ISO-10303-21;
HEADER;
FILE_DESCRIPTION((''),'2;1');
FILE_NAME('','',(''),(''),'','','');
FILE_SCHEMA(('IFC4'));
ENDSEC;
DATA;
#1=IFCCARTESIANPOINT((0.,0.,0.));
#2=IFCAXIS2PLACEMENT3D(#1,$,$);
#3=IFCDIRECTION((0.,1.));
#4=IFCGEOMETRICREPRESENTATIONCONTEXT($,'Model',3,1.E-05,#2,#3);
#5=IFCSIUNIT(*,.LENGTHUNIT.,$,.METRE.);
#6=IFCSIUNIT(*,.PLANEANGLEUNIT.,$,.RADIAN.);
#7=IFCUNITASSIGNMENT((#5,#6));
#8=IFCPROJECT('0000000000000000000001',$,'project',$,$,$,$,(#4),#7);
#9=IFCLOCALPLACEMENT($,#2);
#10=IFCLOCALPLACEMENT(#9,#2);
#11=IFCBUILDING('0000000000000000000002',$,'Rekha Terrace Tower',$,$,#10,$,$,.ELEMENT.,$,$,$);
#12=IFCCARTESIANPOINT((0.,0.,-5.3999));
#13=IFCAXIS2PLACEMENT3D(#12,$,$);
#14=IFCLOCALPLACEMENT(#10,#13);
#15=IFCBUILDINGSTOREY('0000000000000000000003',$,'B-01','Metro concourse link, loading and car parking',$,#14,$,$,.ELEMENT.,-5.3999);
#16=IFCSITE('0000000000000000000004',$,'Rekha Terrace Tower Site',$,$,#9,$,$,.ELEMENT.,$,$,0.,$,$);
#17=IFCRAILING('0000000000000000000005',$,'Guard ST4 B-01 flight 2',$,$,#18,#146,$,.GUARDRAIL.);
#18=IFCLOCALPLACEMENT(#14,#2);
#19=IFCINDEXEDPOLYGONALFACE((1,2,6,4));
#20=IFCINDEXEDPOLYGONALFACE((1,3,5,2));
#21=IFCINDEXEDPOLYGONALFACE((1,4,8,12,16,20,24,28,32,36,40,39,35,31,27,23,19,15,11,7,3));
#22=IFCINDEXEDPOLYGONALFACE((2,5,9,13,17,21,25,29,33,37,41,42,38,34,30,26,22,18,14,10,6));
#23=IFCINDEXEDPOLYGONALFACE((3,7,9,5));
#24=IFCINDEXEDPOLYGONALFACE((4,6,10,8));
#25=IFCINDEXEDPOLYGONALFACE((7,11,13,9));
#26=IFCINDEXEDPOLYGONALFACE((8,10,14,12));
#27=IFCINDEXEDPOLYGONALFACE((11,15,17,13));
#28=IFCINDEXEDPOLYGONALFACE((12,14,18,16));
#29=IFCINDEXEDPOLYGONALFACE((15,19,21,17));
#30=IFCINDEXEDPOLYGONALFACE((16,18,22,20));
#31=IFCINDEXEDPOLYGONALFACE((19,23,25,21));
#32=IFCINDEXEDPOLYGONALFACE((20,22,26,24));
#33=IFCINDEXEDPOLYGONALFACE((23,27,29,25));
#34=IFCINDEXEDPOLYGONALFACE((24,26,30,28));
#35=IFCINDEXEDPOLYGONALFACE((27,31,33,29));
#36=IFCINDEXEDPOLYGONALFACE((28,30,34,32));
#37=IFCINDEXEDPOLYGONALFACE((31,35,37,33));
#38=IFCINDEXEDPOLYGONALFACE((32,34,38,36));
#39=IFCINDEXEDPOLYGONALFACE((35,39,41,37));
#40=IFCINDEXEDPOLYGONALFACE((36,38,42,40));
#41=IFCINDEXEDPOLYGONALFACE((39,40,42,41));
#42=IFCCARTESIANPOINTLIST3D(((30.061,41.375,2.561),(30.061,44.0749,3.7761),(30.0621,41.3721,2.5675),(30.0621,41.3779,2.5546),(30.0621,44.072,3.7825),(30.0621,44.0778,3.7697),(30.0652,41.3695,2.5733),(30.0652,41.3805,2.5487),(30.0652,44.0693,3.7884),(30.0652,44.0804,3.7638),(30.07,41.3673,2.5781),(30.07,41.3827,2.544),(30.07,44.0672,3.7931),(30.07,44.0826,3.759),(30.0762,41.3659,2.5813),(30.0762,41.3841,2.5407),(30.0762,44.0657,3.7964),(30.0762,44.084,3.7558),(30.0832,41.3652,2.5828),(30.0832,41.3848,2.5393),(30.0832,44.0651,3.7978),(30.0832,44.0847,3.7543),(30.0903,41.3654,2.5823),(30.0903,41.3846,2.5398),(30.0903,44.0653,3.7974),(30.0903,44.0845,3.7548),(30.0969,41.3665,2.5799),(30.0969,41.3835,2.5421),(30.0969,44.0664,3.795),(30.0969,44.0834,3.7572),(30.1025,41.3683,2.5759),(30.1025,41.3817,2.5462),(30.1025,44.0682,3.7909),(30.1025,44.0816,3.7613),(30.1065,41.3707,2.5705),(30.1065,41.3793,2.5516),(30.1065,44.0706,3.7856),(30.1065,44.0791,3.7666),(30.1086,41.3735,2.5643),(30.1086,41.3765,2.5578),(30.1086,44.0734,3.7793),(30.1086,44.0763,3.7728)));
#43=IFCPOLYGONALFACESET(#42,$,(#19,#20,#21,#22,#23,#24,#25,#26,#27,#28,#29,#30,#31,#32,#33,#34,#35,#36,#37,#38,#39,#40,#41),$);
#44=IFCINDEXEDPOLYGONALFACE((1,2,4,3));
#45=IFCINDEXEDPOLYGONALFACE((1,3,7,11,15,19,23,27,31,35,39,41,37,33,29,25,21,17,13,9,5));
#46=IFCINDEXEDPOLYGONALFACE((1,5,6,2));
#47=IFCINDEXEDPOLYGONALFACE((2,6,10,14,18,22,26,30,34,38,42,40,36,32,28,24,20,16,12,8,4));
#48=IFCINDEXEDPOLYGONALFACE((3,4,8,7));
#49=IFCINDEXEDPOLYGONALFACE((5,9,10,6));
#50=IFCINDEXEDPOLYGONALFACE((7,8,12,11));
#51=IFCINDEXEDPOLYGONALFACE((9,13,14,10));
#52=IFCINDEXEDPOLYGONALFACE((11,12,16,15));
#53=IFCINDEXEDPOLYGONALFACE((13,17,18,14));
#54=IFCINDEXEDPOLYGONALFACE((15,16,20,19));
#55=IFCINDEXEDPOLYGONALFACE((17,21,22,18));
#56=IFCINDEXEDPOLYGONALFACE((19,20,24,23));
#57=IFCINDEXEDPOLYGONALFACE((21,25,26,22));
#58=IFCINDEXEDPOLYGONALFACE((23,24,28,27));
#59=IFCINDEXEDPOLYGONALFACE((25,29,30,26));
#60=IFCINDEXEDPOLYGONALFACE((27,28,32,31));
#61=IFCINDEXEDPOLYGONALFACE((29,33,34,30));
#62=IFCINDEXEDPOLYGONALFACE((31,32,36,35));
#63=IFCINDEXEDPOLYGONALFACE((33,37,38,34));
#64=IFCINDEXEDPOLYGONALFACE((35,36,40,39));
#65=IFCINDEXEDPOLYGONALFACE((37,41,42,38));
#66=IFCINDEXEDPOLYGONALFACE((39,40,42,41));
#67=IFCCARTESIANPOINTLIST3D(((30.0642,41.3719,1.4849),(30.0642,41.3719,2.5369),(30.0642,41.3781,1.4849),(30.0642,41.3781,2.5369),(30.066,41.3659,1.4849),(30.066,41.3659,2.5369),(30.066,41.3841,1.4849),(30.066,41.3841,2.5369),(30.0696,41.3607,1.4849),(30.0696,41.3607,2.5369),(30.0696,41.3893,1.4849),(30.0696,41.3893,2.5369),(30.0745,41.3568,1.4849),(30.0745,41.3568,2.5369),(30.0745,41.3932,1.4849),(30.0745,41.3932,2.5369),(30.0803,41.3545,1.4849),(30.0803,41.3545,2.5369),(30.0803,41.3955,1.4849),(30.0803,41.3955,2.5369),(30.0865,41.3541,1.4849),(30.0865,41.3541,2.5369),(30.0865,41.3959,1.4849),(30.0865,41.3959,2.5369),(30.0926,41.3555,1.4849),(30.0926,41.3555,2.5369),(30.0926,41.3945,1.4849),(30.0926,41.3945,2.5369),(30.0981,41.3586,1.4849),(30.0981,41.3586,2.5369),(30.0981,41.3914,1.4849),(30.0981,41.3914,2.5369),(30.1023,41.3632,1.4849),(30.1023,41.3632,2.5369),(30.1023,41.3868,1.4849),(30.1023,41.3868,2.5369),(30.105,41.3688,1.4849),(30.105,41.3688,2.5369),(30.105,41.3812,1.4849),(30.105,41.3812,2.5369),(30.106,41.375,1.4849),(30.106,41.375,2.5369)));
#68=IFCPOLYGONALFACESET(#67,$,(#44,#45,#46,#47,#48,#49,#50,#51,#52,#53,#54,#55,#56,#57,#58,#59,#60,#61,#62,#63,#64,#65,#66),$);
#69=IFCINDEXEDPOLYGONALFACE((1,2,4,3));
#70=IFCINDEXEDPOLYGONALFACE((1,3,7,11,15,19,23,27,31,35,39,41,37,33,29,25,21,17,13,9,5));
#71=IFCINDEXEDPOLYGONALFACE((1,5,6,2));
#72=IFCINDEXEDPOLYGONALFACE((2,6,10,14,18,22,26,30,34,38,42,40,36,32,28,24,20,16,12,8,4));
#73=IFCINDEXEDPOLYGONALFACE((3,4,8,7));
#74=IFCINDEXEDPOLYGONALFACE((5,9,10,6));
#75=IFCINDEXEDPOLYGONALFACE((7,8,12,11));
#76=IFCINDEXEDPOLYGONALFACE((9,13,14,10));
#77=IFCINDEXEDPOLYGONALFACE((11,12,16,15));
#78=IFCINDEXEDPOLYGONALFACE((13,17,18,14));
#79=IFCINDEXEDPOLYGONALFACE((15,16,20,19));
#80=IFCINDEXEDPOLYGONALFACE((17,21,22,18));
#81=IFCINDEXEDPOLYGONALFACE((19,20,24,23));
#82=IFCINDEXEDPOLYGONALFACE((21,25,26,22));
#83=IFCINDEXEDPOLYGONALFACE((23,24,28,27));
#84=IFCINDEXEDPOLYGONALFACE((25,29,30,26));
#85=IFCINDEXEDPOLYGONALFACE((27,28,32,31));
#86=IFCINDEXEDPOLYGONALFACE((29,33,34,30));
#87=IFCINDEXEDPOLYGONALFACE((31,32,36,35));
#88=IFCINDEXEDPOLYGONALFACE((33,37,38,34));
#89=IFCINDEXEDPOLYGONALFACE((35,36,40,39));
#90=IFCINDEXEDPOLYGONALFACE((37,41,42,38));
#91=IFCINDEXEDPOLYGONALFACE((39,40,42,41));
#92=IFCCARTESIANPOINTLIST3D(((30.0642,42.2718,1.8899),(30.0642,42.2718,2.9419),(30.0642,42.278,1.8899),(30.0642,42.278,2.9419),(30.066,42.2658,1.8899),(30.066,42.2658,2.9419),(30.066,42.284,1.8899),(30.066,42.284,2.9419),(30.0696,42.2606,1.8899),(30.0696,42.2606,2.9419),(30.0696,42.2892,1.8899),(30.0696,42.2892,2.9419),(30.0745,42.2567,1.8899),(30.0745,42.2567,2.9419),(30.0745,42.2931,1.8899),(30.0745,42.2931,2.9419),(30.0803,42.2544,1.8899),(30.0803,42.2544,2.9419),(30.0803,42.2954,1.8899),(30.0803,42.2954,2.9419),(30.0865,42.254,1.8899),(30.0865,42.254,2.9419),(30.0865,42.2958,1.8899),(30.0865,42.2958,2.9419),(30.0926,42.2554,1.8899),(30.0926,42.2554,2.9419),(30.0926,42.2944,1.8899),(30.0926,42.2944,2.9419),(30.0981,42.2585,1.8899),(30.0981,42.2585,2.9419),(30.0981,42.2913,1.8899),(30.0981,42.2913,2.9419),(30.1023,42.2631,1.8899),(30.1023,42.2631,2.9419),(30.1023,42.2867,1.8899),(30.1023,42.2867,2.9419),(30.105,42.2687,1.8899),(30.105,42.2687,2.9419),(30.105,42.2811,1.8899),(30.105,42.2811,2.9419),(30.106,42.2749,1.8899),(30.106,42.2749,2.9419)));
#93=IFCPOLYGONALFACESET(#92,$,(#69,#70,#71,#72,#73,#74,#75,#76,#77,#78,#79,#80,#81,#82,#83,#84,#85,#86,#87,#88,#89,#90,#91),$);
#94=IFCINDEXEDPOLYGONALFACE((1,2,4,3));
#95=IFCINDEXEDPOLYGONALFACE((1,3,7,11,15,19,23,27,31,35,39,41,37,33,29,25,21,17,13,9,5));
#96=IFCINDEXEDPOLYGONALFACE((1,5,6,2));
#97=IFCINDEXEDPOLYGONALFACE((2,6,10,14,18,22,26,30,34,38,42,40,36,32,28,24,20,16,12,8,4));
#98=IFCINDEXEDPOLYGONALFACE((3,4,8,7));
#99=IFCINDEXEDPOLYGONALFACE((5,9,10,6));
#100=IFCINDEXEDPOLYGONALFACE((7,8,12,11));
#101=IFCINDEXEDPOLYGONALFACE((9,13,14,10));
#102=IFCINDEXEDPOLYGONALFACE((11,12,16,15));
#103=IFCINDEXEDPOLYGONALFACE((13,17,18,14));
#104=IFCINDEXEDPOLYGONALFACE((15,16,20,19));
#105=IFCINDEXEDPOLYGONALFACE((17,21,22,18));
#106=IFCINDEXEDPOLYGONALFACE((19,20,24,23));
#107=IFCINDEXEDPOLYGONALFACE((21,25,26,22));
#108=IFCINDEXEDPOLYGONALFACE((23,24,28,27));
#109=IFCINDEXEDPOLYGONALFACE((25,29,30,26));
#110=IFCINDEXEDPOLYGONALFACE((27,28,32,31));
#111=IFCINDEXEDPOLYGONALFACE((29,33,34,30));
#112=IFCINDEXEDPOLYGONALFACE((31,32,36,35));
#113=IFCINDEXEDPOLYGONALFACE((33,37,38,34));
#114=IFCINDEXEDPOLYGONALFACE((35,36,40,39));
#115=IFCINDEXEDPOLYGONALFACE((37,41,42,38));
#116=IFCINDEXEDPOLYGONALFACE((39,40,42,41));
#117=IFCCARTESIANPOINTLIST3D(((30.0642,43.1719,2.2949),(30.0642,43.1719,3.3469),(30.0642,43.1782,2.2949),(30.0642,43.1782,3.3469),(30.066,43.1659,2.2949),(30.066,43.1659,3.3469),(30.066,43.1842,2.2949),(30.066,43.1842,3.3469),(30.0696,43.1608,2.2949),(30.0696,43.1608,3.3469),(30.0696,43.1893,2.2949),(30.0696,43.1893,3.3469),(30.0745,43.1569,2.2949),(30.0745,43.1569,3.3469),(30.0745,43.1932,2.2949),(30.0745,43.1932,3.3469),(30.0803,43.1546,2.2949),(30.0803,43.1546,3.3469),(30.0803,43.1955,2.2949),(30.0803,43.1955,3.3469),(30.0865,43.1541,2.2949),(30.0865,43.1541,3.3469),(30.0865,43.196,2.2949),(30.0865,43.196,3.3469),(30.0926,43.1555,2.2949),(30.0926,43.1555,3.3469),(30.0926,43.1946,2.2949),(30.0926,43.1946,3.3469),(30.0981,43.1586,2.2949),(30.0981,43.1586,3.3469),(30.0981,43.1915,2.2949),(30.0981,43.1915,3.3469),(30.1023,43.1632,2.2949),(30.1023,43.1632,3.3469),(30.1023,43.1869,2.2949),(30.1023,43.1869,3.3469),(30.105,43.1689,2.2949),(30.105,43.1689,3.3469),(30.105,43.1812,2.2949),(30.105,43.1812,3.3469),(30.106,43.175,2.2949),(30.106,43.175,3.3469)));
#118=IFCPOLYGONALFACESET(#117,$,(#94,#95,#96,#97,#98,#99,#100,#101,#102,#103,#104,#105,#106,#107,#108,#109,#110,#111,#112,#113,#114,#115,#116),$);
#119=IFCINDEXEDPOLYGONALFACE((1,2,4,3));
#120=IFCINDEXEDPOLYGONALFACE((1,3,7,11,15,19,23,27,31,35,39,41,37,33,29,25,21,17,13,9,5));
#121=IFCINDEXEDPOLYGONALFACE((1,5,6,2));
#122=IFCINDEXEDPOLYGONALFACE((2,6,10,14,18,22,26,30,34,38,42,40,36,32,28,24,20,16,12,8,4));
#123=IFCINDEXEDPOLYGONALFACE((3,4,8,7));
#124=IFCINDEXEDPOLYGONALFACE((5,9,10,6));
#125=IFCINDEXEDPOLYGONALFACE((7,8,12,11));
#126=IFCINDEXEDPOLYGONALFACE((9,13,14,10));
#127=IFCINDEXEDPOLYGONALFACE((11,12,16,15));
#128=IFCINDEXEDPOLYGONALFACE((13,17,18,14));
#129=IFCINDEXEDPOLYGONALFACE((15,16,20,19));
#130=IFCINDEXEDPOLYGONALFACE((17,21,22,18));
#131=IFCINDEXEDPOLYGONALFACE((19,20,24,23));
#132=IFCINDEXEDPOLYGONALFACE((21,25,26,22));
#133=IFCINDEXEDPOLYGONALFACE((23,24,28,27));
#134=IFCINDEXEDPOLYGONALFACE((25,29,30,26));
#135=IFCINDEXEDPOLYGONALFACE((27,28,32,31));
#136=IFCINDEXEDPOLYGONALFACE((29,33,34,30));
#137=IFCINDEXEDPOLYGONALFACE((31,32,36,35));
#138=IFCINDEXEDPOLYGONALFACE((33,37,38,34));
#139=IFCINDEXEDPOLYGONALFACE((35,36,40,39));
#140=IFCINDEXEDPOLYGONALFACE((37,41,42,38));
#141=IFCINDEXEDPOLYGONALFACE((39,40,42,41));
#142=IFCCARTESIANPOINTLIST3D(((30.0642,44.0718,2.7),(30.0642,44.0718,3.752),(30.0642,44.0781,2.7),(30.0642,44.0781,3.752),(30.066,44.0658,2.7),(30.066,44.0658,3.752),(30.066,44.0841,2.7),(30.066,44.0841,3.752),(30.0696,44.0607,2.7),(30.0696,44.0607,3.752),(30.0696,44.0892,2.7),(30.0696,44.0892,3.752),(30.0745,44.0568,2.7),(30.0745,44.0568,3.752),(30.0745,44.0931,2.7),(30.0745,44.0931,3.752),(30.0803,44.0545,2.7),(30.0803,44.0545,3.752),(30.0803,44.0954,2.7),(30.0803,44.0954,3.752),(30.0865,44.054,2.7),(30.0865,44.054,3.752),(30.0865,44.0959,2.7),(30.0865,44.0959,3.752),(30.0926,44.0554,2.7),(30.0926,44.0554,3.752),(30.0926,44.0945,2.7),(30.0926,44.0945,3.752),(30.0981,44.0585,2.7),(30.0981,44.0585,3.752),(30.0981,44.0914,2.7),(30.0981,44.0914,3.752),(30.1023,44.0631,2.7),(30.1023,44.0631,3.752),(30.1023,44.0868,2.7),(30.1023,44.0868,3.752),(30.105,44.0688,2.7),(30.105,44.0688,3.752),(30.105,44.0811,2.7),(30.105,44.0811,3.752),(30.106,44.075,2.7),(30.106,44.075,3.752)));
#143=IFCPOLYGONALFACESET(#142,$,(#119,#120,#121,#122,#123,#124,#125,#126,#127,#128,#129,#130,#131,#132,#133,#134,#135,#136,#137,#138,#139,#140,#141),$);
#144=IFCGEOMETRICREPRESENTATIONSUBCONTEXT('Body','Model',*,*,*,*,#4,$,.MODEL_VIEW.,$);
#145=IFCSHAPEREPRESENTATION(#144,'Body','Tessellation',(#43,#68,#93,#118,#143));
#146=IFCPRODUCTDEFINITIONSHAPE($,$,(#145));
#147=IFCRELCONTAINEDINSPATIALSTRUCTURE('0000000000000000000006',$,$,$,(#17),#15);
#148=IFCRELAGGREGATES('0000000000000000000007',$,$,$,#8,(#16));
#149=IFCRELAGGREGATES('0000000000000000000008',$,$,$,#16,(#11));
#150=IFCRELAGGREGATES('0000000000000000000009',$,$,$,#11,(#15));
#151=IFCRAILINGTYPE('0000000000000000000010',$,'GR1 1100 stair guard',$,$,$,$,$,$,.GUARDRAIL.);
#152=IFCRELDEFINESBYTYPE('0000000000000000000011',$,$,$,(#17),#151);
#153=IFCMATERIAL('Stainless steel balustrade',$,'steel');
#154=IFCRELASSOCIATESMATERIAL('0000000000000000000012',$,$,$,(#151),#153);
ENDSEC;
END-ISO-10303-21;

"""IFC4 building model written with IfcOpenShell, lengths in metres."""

from ifc_helpers import new_model, si_unit, direction, frame, origin, origin_2d, place, context, subcontext, project, spatial, circle, extrude, material, type_object, element, save


model = new_model("IFC4")

# Units and contexts
model_context = context("Model", 3, precision=1e-05, world=origin(), true_north=direction((0.0, 1.0)))
body_context = subcontext(model_context, "Body", "Model", "MODEL_VIEW")
ifc_project = project(units=[si_unit("LENGTHUNIT", "METRE"), si_unit("PLANEANGLEUNIT", "RADIAN")], contexts=[model_context])

# Site, building, storey
site_placement = place(None, origin())
site = spatial("IfcSite", under=ifc_project, at=site_placement, Name="Rekha Terrace Tower Site", CompositionType="ELEMENT", RefElevation=0.0)
building_placement = place(site_placement, origin())
building = spatial("IfcBuilding", under=site, at=building_placement, Name="Rekha Terrace Tower", CompositionType="ELEMENT")
storey_placement = place(building_placement, frame((0.0, 0.0, -5.3999)))
storey = spatial("IfcBuildingStorey", under=building, at=storey_placement, Name="B-01", Description="Metro concourse link, loading and car parking", CompositionType="ELEMENT", Elevation=-5.3999)

# Railing
ifc_material_1 = material(Name="Stainless steel balustrade", Category="steel")
railing_type_1 = type_object("IfcRailingType", Name="GR1 1100 stair guard", PredefinedType="GUARDRAIL", material=ifc_material_1)
railing_1_placement = place(storey_placement, frame((30.085, 41.375, 1.4849)))
element("IfcRailing", 1, at=railing_1_placement, inside=storey, type_object=railing_type_1, Name="Guard ST4 B-01 flight 2", PredefinedType="GUARDRAIL", context=body_context, shape_type="SweptSolid", body=[
    extrude(circle(Radius=0.0239, at=origin_2d()), frame((0.0, 0.0, 1.0762), z_axis=(0.0, 0.911908, 0.410396), x_axis=(-1.0, 0.0, 0.0)), (0.0, 0.0, 1.0), 2.9607),
    extrude(circle(Radius=0.021, at=origin_2d()), origin(), (0.0, 0.0, 1.0), 1.052),
    extrude(circle(Radius=0.021, at=origin_2d()), frame((0.0, 0.8999, 0.405)), (0.0, 0.0, 1.0), 1.052),
    extrude(circle(Radius=0.021, at=origin_2d()), frame((0.0, 1.8, 0.8101)), (0.0, 0.0, 1.0), 1.052),
    extrude(circle(Radius=0.021, at=origin_2d()), frame((0.0, 2.7, 1.2151)), (0.0, 0.0, 1.0), 1.052),
])

save(model, "model.ifc")
